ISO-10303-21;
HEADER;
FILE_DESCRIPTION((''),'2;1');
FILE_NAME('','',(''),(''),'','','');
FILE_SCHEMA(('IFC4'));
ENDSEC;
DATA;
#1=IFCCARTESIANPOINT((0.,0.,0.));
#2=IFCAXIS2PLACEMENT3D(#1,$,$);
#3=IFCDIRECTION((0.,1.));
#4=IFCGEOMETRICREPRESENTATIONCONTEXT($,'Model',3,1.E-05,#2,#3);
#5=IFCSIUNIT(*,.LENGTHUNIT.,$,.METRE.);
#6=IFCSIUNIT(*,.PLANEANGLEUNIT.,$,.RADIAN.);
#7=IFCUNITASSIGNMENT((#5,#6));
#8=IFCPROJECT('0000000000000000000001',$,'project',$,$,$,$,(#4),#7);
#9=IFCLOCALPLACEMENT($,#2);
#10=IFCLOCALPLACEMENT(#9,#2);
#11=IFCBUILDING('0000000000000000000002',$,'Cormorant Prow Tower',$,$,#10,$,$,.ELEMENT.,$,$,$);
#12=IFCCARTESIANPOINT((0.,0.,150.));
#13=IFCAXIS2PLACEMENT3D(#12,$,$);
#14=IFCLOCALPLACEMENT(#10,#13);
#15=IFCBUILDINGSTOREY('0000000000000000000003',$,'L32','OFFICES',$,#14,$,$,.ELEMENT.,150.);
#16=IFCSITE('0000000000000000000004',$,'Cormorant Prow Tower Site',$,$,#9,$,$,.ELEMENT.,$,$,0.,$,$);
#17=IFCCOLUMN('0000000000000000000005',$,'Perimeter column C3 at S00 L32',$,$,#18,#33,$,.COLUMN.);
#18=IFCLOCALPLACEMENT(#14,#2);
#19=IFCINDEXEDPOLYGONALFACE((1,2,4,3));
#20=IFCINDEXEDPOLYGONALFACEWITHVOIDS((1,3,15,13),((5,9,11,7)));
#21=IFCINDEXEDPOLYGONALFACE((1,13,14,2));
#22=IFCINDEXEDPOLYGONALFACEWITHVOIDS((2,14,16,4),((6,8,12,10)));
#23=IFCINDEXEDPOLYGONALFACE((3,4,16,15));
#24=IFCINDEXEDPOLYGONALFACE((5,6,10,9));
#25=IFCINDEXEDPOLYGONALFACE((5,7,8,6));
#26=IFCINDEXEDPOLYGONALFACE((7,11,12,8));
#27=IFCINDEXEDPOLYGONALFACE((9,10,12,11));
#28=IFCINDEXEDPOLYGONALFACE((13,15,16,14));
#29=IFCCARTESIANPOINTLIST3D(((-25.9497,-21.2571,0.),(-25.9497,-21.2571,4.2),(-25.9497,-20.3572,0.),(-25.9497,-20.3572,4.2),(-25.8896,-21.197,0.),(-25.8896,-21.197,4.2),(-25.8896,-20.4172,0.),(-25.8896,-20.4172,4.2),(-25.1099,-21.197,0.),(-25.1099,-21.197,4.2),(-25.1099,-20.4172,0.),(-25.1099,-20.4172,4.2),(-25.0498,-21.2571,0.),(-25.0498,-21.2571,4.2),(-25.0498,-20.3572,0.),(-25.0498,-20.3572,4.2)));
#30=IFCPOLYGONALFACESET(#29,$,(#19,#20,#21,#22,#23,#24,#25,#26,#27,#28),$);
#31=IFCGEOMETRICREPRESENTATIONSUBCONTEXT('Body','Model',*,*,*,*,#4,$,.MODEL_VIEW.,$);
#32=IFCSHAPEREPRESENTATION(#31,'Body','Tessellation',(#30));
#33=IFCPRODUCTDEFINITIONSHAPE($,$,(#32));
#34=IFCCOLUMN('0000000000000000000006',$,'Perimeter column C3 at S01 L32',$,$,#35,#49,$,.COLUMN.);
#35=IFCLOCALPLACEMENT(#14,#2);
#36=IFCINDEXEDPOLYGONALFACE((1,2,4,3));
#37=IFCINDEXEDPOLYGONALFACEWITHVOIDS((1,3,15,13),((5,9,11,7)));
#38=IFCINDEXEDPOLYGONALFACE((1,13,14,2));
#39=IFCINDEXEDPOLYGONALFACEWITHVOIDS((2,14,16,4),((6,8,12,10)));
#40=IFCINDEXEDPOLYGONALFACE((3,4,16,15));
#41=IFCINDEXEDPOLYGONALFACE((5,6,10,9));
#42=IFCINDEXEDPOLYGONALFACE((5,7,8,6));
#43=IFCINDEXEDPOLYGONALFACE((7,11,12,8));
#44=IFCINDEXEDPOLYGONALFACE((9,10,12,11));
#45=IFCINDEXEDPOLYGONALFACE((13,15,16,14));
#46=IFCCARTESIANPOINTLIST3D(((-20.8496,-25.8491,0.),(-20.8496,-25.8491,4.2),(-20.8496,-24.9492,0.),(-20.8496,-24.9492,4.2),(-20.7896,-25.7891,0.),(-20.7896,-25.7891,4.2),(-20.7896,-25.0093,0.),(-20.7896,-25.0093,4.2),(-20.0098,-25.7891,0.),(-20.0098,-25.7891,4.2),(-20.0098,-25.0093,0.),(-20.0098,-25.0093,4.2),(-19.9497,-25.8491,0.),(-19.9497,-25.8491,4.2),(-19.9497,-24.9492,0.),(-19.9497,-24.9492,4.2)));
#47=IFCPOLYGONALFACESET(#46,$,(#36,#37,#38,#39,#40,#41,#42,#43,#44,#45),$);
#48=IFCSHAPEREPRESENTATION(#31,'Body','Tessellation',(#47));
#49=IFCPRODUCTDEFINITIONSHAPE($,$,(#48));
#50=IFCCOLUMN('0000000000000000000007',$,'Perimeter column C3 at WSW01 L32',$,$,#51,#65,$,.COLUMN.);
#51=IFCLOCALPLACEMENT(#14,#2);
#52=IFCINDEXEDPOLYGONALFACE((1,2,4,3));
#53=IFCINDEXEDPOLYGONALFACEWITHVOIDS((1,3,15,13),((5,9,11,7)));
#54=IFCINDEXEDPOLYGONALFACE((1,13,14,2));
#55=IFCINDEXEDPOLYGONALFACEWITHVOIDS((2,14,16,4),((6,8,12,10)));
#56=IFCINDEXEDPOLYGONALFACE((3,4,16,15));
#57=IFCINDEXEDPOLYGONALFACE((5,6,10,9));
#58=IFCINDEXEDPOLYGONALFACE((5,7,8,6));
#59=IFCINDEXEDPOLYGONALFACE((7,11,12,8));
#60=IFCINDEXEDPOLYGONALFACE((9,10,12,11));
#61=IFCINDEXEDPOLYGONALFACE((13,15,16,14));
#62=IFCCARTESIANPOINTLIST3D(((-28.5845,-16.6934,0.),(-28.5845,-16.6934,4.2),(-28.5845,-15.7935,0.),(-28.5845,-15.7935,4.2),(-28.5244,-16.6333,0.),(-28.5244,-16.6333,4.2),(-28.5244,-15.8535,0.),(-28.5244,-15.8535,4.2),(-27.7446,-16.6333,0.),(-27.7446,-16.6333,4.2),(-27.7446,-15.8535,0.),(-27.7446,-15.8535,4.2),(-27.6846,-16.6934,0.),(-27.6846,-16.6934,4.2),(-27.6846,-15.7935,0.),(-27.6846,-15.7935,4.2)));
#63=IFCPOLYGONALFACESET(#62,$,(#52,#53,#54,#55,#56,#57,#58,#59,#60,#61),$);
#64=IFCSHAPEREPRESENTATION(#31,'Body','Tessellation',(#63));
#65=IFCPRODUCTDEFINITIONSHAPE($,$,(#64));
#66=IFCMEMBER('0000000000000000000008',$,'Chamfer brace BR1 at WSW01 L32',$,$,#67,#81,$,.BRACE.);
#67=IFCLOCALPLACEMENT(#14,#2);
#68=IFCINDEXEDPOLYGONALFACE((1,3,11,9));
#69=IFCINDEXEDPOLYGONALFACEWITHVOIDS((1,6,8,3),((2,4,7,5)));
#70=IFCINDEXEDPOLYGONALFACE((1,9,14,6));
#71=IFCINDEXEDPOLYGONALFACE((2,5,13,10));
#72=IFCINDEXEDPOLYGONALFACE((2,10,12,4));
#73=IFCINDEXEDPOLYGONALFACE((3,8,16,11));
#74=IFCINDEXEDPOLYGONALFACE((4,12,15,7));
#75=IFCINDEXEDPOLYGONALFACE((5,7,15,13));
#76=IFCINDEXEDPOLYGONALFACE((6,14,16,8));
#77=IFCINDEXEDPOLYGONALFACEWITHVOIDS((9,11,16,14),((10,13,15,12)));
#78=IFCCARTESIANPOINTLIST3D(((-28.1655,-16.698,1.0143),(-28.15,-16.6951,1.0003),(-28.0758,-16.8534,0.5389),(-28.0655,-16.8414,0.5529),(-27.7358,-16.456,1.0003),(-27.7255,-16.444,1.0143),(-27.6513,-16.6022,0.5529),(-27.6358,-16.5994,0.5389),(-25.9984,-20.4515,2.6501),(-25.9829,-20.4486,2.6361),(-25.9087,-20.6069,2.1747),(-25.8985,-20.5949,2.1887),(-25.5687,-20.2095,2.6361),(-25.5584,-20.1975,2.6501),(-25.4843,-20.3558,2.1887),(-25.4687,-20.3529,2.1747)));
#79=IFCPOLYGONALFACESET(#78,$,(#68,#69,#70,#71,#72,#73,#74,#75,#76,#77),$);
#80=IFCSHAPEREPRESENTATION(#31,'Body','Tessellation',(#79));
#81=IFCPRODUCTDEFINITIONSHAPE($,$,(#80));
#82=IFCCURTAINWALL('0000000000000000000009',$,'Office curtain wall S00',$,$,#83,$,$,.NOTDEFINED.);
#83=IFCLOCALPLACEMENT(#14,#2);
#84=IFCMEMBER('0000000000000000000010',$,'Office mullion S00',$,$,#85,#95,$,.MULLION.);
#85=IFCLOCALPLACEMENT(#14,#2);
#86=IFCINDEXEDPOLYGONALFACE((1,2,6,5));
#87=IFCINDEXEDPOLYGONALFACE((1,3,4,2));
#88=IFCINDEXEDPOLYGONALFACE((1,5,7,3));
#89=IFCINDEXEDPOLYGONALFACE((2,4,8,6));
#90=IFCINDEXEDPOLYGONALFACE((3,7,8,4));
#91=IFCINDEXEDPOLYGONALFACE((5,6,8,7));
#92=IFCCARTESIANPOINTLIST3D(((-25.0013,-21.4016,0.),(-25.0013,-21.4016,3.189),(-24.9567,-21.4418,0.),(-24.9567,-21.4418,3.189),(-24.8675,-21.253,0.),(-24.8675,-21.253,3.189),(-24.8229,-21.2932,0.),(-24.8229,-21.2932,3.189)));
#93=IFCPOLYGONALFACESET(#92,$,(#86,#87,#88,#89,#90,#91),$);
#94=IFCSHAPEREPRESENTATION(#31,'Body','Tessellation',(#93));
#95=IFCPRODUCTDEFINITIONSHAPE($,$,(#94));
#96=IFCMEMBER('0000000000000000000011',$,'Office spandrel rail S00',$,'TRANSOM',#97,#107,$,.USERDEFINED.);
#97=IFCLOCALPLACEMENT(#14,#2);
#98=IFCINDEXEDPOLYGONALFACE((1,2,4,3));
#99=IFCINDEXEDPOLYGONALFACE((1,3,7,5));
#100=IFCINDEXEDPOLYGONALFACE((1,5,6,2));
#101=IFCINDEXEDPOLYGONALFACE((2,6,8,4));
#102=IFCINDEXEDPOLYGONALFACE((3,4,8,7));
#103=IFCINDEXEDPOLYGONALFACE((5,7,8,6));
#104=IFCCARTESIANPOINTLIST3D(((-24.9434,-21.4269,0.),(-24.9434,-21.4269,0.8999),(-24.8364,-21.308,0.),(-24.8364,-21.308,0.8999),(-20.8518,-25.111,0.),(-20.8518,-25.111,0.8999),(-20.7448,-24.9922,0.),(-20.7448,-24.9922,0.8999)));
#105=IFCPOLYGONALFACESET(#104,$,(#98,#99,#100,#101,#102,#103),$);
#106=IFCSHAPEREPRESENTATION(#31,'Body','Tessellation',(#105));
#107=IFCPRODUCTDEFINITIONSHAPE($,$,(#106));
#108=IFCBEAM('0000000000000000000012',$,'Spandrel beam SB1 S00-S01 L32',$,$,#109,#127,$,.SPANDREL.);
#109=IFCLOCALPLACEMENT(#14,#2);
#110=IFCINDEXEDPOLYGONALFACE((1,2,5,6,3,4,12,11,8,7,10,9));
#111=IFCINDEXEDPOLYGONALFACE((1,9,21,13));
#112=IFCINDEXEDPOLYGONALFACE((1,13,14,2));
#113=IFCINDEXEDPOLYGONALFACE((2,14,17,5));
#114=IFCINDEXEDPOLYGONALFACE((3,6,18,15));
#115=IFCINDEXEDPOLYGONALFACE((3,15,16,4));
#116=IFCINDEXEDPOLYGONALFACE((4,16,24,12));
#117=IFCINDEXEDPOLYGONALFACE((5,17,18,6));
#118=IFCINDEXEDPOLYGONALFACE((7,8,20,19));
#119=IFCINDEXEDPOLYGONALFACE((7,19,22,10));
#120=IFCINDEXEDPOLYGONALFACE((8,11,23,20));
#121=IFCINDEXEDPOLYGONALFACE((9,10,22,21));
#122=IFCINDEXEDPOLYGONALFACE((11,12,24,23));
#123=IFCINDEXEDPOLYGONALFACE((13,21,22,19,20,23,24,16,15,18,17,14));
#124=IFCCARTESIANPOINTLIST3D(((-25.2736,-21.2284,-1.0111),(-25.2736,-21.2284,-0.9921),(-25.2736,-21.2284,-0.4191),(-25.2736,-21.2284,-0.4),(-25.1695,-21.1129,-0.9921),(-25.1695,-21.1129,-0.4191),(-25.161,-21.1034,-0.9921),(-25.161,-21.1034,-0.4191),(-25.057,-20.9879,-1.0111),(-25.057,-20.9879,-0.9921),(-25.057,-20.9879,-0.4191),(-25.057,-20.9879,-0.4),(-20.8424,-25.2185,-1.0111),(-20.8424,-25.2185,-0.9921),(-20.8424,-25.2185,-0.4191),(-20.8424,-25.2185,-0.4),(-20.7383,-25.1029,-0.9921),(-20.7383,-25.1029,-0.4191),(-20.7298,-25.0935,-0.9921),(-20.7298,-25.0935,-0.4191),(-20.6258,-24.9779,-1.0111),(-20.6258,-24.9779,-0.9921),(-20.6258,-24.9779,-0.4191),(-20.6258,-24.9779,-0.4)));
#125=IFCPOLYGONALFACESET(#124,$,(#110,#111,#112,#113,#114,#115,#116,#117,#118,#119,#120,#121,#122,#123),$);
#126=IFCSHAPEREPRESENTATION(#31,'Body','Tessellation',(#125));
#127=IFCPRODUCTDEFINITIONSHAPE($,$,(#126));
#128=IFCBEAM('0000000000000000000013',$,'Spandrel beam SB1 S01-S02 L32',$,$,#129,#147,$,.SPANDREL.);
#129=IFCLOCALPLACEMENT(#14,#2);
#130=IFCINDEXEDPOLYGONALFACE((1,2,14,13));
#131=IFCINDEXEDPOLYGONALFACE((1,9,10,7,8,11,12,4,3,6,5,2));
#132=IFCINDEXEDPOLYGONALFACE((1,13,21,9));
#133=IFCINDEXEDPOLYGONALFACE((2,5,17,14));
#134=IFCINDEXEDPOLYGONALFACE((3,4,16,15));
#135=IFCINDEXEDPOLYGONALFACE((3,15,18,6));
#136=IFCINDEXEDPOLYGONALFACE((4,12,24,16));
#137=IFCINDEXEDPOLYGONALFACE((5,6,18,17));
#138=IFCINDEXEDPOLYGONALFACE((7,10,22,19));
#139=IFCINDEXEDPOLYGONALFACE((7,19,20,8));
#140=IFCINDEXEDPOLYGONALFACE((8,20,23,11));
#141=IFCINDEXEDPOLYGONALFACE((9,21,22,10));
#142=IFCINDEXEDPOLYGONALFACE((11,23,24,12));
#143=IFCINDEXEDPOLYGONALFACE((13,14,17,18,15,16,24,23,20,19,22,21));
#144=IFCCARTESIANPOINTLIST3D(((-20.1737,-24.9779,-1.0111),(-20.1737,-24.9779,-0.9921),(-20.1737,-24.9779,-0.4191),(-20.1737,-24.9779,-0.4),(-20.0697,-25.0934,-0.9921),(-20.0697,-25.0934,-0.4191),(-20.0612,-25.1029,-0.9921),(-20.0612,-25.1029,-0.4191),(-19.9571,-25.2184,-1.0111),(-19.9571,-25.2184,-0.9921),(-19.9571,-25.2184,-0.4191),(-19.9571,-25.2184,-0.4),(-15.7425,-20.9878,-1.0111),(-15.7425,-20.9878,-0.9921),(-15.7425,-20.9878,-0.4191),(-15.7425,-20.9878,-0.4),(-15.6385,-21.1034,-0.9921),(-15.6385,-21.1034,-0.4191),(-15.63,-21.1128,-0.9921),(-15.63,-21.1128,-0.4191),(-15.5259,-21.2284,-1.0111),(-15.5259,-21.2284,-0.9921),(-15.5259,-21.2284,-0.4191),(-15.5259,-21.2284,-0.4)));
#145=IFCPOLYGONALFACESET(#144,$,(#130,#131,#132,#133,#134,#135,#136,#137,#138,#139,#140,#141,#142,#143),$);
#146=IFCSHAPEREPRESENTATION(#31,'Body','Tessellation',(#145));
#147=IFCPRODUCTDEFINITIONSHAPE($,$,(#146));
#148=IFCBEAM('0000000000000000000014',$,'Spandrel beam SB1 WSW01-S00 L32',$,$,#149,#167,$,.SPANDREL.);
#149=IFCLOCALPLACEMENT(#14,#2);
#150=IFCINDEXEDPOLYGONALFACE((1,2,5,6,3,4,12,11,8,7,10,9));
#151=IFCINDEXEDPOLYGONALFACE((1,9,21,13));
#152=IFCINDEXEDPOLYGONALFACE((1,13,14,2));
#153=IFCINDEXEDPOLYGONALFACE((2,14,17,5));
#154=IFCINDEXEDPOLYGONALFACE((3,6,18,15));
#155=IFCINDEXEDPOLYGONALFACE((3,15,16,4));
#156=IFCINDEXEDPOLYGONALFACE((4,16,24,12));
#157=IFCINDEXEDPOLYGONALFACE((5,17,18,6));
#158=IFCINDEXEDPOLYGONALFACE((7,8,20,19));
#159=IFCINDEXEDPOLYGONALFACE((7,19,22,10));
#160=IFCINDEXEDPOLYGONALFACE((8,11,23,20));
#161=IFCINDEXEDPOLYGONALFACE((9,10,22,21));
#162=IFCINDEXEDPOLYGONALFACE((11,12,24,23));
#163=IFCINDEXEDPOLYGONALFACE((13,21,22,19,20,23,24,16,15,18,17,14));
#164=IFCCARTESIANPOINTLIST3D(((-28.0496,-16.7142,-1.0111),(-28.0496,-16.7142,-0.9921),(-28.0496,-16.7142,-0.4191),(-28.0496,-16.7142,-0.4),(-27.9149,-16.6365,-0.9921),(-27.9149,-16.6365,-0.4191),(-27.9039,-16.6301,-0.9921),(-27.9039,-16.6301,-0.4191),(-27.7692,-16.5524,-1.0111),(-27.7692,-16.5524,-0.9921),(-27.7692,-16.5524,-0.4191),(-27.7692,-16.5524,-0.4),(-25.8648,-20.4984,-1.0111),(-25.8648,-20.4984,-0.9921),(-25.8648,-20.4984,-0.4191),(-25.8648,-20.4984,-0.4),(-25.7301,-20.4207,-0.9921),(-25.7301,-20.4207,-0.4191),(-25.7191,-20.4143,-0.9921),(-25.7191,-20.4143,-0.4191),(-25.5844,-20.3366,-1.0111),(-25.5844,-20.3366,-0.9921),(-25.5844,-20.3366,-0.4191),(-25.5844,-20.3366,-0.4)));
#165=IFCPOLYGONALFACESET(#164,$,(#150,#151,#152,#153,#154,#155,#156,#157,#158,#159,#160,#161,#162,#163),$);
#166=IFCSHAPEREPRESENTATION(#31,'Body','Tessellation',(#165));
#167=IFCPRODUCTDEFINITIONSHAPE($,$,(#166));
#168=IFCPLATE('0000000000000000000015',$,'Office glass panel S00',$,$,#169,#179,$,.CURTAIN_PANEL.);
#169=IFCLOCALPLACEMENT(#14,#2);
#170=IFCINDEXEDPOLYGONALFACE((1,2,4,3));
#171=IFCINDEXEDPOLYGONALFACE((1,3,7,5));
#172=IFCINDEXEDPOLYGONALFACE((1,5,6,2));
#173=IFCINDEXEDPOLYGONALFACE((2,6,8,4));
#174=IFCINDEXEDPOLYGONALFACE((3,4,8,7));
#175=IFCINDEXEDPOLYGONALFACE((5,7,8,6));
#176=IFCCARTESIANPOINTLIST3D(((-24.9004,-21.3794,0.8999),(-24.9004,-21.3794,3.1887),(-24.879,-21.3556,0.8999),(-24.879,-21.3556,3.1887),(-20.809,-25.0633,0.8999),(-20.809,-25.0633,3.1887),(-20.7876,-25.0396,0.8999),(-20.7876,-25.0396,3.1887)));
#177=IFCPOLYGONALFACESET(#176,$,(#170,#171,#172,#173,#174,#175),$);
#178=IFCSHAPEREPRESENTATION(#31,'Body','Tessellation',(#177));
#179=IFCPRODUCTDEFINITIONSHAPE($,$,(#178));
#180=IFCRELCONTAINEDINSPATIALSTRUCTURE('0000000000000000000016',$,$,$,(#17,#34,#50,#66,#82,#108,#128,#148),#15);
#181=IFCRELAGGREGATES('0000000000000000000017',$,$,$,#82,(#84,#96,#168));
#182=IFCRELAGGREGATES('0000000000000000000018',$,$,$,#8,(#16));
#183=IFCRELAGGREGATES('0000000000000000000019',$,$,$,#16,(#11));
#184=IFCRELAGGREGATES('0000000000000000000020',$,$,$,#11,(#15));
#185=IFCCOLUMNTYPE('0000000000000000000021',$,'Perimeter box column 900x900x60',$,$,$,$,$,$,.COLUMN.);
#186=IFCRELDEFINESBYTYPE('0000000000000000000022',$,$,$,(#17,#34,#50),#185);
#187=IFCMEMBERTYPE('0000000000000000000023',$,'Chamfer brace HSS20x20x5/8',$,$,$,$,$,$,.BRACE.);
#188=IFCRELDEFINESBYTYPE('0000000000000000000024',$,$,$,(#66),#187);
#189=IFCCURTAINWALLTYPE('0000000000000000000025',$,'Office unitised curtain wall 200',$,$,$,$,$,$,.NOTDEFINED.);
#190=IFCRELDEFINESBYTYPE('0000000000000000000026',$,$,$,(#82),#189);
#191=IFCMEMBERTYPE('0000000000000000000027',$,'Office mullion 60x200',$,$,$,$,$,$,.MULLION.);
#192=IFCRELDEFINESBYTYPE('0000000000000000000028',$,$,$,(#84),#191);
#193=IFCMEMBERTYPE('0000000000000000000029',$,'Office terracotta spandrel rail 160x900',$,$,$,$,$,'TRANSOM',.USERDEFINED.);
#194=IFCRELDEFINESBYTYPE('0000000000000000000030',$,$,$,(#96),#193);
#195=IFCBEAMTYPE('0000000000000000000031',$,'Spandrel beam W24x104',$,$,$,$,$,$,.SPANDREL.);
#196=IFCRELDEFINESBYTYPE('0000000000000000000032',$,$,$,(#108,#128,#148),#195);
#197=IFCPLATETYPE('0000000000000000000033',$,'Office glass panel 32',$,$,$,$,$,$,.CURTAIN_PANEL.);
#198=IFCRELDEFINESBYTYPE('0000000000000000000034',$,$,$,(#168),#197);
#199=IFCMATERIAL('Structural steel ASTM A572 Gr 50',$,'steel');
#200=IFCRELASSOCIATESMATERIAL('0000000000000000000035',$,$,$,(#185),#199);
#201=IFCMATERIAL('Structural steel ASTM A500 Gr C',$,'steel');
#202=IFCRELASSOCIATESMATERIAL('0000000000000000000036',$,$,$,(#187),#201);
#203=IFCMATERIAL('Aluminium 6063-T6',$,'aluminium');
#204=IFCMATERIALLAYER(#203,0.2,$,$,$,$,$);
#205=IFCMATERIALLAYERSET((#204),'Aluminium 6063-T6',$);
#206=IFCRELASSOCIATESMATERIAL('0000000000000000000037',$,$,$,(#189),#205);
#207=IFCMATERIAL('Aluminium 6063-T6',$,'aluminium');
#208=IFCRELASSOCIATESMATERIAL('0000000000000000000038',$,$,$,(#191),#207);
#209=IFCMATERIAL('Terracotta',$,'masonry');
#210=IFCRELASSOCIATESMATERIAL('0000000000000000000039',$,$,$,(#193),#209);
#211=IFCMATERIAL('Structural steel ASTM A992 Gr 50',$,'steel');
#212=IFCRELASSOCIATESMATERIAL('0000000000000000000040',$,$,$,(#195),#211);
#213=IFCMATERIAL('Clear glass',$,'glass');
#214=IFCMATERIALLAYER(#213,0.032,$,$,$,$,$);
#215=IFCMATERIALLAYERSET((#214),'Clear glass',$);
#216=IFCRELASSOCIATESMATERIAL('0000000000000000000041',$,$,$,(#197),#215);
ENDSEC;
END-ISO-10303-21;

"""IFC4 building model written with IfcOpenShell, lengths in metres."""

from ifc_helpers import new_model, si_unit, direction, frame, origin, origin_2d, place, context, subcontext, project, spatial, rectangle, hollow_rectangle, i_section, extrude, material, layer, layer_set, material_profile, profile_set, type_object, element, aggregate, save


model = new_model("IFC4")

# Units and contexts
model_context = context("Model", 3, precision=1e-05, world=origin(), true_north=direction((0.0, 1.0)))
body_context = subcontext(model_context, "Body", "Model", "MODEL_VIEW")
ifc_project = project(units=[si_unit("LENGTHUNIT", "METRE"), si_unit("PLANEANGLEUNIT", "RADIAN")], contexts=[model_context])

# Site, building, storey
site_placement = place(None, origin())
site = spatial("IfcSite", under=ifc_project, at=site_placement, Name="Cormorant Prow Tower Site", CompositionType="ELEMENT", RefElevation=0.0)
building_placement = place(site_placement, origin())
building = spatial("IfcBuilding", under=site, at=building_placement, Name="Cormorant Prow Tower", CompositionType="ELEMENT")
storey_placement = place(building_placement, frame((0.0, 0.0, 150.0)))
storey = spatial("IfcBuildingStorey", under=building, at=storey_placement, Name="L32", Description="OFFICES", CompositionType="ELEMENT", Elevation=150.0)

# Columns
ifc_material_1 = material(Name="Structural steel ASTM A572 Gr 50", Category="steel")
ifc_material_profile_1 = material_profile(ifc_material_1, hollow_rectangle(XDim=0.8999, YDim=0.8999, WallThickness=0.0601, at=origin_2d()), Name="Box 900x900x60")
ifc_profile_set_1 = profile_set([ifc_material_profile_1], Name="Structural steel ASTM A572 Gr 50")
column_type = type_object("IfcColumnType", Name="Perimeter box column 900x900x60", PredefinedType="COLUMN", material=ifc_profile_set_1)
for number, where, z_axis, x_axis, name in (
    (1, (-25.4998, -20.8071, 0.0), (0.0, 0.0, 1.0), (1.0, 0.0, 0.0), "Perimeter column C3 at S00 L32"),
    (2, (-20.3997, -25.3992, 0.0), (0.0, 0.0, 1.0), (1.0, 0.0, 0.0), "Perimeter column C3 at S01 L32"),
    (3, (-28.1345, -16.2434, 0.0), (0.0, 0.0, 1.0), (1.0, 0.0, 0.0), "Perimeter column C3 at WSW01 L32"),
):
    element("IfcColumn", number, at=place(storey_placement, frame(where, z_axis=z_axis, x_axis=x_axis)), inside=storey, type_object=column_type, Name=name, PredefinedType="COLUMN", context=body_context, shape_type="SweptSolid", body=[
        extrude(hollow_rectangle(XDim=0.8999, YDim=0.8999, WallThickness=0.0601, at=origin_2d()), origin(), (0.0, 0.0, 1.0), 4.2),
    ])

# Member
ifc_material_2 = material(Name="Structural steel ASTM A500 Gr C", Category="steel")
ifc_material_profile_2 = material_profile(ifc_material_2, hollow_rectangle(XDim=0.5081, YDim=0.5081, WallThickness=0.0149, at=origin_2d()), Name="HSS20x20x5/8")
ifc_profile_set_2 = profile_set([ifc_material_profile_2], Name="Structural steel ASTM A500 Gr C")
member_type_1 = type_object("IfcMemberType", Name="Chamfer brace HSS20x20x5/8", PredefinedType="BRACE", material=ifc_profile_set_2)
member_1_placement = place(storey_placement, frame((-27.9006, -16.6487, 0.7766), z_axis=(0.467785, -0.810244, 0.353105), x_axis=(0.86603, 0.499992, 0.0)))
element("IfcMember", 4, at=member_1_placement, inside=storey, type_object=member_type_1, Name="Chamfer brace BR1 at WSW01 L32", PredefinedType="BRACE", context=body_context, shape_type="SweptSolid", body=[
    extrude(hollow_rectangle(XDim=0.5081, YDim=0.5081, WallThickness=0.0149, at=origin_2d()), origin(), (0.0, 0.0, 1.0), 4.6326),
])

# Curtain wall, members
ifc_material_3 = material(Name="Aluminium 6063-T6", Category="aluminium")
ifc_layer_1 = layer(ifc_material_3, 0.2)
ifc_layer_set_1 = layer_set([ifc_layer_1], Name="Aluminium 6063-T6")
curtain_wall_type = type_object("IfcCurtainWallType", Name="Office unitised curtain wall 200", PredefinedType="NOTDEFINED", material=ifc_layer_set_1)
curtain_wall_placement = place(storey_placement, origin())
curtain_wall = element("IfcCurtainWall", 5, at=curtain_wall_placement, inside=storey, type_object=curtain_wall_type, Name="Office curtain wall S00", PredefinedType="NOTDEFINED")
ifc_material_4 = material(Name="Aluminium 6063-T6", Category="aluminium")
ifc_material_profile_3 = material_profile(ifc_material_4, rectangle(XDim=0.2, YDim=0.0601, at=origin_2d()), Name="Office mullion 60x200")
ifc_profile_set_3 = profile_set([ifc_material_profile_3], Name="Aluminium 6063-T6")
member_type_2 = type_object("IfcMemberType", Name="Office mullion 60x200", PredefinedType="MULLION", material=ifc_profile_set_3)
member_2_placement = place(storey_placement, frame((-24.9121, -21.3474, 0.0), z_axis=(0.0, 0.0, 1.0), x_axis=(0.66913, 0.743145, 0.0)))
member_2 = element("IfcMember", 6, at=member_2_placement, type_object=member_type_2, Name="Office mullion S00", PredefinedType="MULLION", context=body_context, shape_type="SweptSolid", body=[
    extrude(rectangle(XDim=0.2, YDim=0.0601, at=origin_2d()), origin(), (0.0, 0.0, 1.0), 3.189),
])
ifc_material_5 = material(Name="Terracotta", Category="masonry")
ifc_material_profile_4 = material_profile(ifc_material_5, rectangle(XDim=0.1599, YDim=0.8999, at=origin_2d()), Name="Office terracotta spandrel rail 160x900")
ifc_profile_set_4 = profile_set([ifc_material_profile_4], Name="Terracotta")
member_type_3 = type_object("IfcMemberType", Name="Office terracotta spandrel rail 160x900", ElementType="TRANSOM", PredefinedType="USERDEFINED", material=ifc_profile_set_4)
member_3_placement = place(storey_placement, frame((-24.8899, -21.3674, 0.45), z_axis=(0.743142, -0.669134, 0.0), x_axis=(0.669134, 0.743142, 0.0)))
member_3 = element("IfcMember", 7, at=member_3_placement, type_object=member_type_3, Name="Office spandrel rail S00", ObjectType="TRANSOM", PredefinedType="USERDEFINED", context=body_context, shape_type="SweptSolid", body=[
    extrude(rectangle(XDim=0.1599, YDim=0.8999, at=origin_2d()), origin(), (0.0, 0.0, 1.0), 5.5059),
])

# Beams
ifc_material_6 = material(Name="Structural steel ASTM A992 Gr 50", Category="steel")
ifc_material_profile_5 = material_profile(ifc_material_6, i_section(OverallWidth=0.3237, OverallDepth=0.6111, WebThickness=0.0127, FlangeThickness=0.019, at=origin_2d()), Name="W24x104")
ifc_profile_set_5 = profile_set([ifc_material_profile_5], Name="Structural steel ASTM A992 Gr 50")
beam_type = type_object("IfcBeamType", Name="Spandrel beam W24x104", PredefinedType="SPANDREL", material=ifc_profile_set_5)
for number, where, z_axis, x_axis, name in (
    (8, (-25.1653, -21.1082, -0.7056), (0.743131, -0.669146, 0.0), (0.669146, 0.743131, 0.0), "Spandrel beam SB1 S00-S01 L32"),
    (9, (-20.0654, -25.0981, -0.7056), (0.743131, 0.669146, 0.0), (-0.669146, 0.743131, 0.0), "Spandrel beam SB1 S01-S02 L32"),
):
    element("IfcBeam", number, at=place(storey_placement, frame(where, z_axis=z_axis, x_axis=x_axis)), inside=storey, type_object=beam_type, Name=name, PredefinedType="SPANDREL", context=body_context, shape_type="SweptSolid", body=[
        extrude(i_section(OverallWidth=0.3237, OverallDepth=0.6111, WebThickness=0.0127, FlangeThickness=0.019, at=origin_2d()), origin(), (0.0, 0.0, 1.0), 5.9629),
    ])
beam_placement = place(storey_placement, frame((-27.9094, -16.6333, -0.7056), z_axis=(0.500003, -0.866024, 0.0), x_axis=(0.866024, 0.500003, 0.0)))
element("IfcBeam", 10, at=beam_placement, inside=storey, type_object=beam_type, Name="Spandrel beam SB1 WSW01-S00 L32", PredefinedType="SPANDREL", context=body_context, shape_type="SweptSolid", body=[
    extrude(i_section(OverallWidth=0.3237, OverallDepth=0.6111, WebThickness=0.0127, FlangeThickness=0.019, at=origin_2d()), origin(), (0.0, 0.0, 1.0), 4.3696),
])

# Plate
ifc_material_7 = material(Name="Clear glass", Category="glass")
ifc_layer_2 = layer(ifc_material_7, 0.032)
ifc_layer_set_2 = layer_set([ifc_layer_2], Name="Clear glass")
plate_type = type_object("IfcPlateType", Name="Office glass panel 32", PredefinedType="CURTAIN_PANEL", material=ifc_layer_set_2)
plate_placement = place(storey_placement, frame((-22.844, -23.2095, 0.8999), z_axis=(0.0, 0.0, 1.0), x_axis=(0.743145, -0.66913, 0.0)))
plate = element("IfcPlate", 11, at=plate_placement, type_object=plate_type, Name="Office glass panel S00", PredefinedType="CURTAIN_PANEL", context=body_context, shape_type="SweptSolid", body=[
    extrude(rectangle(XDim=5.5056, YDim=0.032, at=origin_2d()), origin(), (0.0, 0.0, 1.0), 2.2888),
])
aggregate(curtain_wall, [member_2, member_3, plate])

save(model, "model.ifc")
